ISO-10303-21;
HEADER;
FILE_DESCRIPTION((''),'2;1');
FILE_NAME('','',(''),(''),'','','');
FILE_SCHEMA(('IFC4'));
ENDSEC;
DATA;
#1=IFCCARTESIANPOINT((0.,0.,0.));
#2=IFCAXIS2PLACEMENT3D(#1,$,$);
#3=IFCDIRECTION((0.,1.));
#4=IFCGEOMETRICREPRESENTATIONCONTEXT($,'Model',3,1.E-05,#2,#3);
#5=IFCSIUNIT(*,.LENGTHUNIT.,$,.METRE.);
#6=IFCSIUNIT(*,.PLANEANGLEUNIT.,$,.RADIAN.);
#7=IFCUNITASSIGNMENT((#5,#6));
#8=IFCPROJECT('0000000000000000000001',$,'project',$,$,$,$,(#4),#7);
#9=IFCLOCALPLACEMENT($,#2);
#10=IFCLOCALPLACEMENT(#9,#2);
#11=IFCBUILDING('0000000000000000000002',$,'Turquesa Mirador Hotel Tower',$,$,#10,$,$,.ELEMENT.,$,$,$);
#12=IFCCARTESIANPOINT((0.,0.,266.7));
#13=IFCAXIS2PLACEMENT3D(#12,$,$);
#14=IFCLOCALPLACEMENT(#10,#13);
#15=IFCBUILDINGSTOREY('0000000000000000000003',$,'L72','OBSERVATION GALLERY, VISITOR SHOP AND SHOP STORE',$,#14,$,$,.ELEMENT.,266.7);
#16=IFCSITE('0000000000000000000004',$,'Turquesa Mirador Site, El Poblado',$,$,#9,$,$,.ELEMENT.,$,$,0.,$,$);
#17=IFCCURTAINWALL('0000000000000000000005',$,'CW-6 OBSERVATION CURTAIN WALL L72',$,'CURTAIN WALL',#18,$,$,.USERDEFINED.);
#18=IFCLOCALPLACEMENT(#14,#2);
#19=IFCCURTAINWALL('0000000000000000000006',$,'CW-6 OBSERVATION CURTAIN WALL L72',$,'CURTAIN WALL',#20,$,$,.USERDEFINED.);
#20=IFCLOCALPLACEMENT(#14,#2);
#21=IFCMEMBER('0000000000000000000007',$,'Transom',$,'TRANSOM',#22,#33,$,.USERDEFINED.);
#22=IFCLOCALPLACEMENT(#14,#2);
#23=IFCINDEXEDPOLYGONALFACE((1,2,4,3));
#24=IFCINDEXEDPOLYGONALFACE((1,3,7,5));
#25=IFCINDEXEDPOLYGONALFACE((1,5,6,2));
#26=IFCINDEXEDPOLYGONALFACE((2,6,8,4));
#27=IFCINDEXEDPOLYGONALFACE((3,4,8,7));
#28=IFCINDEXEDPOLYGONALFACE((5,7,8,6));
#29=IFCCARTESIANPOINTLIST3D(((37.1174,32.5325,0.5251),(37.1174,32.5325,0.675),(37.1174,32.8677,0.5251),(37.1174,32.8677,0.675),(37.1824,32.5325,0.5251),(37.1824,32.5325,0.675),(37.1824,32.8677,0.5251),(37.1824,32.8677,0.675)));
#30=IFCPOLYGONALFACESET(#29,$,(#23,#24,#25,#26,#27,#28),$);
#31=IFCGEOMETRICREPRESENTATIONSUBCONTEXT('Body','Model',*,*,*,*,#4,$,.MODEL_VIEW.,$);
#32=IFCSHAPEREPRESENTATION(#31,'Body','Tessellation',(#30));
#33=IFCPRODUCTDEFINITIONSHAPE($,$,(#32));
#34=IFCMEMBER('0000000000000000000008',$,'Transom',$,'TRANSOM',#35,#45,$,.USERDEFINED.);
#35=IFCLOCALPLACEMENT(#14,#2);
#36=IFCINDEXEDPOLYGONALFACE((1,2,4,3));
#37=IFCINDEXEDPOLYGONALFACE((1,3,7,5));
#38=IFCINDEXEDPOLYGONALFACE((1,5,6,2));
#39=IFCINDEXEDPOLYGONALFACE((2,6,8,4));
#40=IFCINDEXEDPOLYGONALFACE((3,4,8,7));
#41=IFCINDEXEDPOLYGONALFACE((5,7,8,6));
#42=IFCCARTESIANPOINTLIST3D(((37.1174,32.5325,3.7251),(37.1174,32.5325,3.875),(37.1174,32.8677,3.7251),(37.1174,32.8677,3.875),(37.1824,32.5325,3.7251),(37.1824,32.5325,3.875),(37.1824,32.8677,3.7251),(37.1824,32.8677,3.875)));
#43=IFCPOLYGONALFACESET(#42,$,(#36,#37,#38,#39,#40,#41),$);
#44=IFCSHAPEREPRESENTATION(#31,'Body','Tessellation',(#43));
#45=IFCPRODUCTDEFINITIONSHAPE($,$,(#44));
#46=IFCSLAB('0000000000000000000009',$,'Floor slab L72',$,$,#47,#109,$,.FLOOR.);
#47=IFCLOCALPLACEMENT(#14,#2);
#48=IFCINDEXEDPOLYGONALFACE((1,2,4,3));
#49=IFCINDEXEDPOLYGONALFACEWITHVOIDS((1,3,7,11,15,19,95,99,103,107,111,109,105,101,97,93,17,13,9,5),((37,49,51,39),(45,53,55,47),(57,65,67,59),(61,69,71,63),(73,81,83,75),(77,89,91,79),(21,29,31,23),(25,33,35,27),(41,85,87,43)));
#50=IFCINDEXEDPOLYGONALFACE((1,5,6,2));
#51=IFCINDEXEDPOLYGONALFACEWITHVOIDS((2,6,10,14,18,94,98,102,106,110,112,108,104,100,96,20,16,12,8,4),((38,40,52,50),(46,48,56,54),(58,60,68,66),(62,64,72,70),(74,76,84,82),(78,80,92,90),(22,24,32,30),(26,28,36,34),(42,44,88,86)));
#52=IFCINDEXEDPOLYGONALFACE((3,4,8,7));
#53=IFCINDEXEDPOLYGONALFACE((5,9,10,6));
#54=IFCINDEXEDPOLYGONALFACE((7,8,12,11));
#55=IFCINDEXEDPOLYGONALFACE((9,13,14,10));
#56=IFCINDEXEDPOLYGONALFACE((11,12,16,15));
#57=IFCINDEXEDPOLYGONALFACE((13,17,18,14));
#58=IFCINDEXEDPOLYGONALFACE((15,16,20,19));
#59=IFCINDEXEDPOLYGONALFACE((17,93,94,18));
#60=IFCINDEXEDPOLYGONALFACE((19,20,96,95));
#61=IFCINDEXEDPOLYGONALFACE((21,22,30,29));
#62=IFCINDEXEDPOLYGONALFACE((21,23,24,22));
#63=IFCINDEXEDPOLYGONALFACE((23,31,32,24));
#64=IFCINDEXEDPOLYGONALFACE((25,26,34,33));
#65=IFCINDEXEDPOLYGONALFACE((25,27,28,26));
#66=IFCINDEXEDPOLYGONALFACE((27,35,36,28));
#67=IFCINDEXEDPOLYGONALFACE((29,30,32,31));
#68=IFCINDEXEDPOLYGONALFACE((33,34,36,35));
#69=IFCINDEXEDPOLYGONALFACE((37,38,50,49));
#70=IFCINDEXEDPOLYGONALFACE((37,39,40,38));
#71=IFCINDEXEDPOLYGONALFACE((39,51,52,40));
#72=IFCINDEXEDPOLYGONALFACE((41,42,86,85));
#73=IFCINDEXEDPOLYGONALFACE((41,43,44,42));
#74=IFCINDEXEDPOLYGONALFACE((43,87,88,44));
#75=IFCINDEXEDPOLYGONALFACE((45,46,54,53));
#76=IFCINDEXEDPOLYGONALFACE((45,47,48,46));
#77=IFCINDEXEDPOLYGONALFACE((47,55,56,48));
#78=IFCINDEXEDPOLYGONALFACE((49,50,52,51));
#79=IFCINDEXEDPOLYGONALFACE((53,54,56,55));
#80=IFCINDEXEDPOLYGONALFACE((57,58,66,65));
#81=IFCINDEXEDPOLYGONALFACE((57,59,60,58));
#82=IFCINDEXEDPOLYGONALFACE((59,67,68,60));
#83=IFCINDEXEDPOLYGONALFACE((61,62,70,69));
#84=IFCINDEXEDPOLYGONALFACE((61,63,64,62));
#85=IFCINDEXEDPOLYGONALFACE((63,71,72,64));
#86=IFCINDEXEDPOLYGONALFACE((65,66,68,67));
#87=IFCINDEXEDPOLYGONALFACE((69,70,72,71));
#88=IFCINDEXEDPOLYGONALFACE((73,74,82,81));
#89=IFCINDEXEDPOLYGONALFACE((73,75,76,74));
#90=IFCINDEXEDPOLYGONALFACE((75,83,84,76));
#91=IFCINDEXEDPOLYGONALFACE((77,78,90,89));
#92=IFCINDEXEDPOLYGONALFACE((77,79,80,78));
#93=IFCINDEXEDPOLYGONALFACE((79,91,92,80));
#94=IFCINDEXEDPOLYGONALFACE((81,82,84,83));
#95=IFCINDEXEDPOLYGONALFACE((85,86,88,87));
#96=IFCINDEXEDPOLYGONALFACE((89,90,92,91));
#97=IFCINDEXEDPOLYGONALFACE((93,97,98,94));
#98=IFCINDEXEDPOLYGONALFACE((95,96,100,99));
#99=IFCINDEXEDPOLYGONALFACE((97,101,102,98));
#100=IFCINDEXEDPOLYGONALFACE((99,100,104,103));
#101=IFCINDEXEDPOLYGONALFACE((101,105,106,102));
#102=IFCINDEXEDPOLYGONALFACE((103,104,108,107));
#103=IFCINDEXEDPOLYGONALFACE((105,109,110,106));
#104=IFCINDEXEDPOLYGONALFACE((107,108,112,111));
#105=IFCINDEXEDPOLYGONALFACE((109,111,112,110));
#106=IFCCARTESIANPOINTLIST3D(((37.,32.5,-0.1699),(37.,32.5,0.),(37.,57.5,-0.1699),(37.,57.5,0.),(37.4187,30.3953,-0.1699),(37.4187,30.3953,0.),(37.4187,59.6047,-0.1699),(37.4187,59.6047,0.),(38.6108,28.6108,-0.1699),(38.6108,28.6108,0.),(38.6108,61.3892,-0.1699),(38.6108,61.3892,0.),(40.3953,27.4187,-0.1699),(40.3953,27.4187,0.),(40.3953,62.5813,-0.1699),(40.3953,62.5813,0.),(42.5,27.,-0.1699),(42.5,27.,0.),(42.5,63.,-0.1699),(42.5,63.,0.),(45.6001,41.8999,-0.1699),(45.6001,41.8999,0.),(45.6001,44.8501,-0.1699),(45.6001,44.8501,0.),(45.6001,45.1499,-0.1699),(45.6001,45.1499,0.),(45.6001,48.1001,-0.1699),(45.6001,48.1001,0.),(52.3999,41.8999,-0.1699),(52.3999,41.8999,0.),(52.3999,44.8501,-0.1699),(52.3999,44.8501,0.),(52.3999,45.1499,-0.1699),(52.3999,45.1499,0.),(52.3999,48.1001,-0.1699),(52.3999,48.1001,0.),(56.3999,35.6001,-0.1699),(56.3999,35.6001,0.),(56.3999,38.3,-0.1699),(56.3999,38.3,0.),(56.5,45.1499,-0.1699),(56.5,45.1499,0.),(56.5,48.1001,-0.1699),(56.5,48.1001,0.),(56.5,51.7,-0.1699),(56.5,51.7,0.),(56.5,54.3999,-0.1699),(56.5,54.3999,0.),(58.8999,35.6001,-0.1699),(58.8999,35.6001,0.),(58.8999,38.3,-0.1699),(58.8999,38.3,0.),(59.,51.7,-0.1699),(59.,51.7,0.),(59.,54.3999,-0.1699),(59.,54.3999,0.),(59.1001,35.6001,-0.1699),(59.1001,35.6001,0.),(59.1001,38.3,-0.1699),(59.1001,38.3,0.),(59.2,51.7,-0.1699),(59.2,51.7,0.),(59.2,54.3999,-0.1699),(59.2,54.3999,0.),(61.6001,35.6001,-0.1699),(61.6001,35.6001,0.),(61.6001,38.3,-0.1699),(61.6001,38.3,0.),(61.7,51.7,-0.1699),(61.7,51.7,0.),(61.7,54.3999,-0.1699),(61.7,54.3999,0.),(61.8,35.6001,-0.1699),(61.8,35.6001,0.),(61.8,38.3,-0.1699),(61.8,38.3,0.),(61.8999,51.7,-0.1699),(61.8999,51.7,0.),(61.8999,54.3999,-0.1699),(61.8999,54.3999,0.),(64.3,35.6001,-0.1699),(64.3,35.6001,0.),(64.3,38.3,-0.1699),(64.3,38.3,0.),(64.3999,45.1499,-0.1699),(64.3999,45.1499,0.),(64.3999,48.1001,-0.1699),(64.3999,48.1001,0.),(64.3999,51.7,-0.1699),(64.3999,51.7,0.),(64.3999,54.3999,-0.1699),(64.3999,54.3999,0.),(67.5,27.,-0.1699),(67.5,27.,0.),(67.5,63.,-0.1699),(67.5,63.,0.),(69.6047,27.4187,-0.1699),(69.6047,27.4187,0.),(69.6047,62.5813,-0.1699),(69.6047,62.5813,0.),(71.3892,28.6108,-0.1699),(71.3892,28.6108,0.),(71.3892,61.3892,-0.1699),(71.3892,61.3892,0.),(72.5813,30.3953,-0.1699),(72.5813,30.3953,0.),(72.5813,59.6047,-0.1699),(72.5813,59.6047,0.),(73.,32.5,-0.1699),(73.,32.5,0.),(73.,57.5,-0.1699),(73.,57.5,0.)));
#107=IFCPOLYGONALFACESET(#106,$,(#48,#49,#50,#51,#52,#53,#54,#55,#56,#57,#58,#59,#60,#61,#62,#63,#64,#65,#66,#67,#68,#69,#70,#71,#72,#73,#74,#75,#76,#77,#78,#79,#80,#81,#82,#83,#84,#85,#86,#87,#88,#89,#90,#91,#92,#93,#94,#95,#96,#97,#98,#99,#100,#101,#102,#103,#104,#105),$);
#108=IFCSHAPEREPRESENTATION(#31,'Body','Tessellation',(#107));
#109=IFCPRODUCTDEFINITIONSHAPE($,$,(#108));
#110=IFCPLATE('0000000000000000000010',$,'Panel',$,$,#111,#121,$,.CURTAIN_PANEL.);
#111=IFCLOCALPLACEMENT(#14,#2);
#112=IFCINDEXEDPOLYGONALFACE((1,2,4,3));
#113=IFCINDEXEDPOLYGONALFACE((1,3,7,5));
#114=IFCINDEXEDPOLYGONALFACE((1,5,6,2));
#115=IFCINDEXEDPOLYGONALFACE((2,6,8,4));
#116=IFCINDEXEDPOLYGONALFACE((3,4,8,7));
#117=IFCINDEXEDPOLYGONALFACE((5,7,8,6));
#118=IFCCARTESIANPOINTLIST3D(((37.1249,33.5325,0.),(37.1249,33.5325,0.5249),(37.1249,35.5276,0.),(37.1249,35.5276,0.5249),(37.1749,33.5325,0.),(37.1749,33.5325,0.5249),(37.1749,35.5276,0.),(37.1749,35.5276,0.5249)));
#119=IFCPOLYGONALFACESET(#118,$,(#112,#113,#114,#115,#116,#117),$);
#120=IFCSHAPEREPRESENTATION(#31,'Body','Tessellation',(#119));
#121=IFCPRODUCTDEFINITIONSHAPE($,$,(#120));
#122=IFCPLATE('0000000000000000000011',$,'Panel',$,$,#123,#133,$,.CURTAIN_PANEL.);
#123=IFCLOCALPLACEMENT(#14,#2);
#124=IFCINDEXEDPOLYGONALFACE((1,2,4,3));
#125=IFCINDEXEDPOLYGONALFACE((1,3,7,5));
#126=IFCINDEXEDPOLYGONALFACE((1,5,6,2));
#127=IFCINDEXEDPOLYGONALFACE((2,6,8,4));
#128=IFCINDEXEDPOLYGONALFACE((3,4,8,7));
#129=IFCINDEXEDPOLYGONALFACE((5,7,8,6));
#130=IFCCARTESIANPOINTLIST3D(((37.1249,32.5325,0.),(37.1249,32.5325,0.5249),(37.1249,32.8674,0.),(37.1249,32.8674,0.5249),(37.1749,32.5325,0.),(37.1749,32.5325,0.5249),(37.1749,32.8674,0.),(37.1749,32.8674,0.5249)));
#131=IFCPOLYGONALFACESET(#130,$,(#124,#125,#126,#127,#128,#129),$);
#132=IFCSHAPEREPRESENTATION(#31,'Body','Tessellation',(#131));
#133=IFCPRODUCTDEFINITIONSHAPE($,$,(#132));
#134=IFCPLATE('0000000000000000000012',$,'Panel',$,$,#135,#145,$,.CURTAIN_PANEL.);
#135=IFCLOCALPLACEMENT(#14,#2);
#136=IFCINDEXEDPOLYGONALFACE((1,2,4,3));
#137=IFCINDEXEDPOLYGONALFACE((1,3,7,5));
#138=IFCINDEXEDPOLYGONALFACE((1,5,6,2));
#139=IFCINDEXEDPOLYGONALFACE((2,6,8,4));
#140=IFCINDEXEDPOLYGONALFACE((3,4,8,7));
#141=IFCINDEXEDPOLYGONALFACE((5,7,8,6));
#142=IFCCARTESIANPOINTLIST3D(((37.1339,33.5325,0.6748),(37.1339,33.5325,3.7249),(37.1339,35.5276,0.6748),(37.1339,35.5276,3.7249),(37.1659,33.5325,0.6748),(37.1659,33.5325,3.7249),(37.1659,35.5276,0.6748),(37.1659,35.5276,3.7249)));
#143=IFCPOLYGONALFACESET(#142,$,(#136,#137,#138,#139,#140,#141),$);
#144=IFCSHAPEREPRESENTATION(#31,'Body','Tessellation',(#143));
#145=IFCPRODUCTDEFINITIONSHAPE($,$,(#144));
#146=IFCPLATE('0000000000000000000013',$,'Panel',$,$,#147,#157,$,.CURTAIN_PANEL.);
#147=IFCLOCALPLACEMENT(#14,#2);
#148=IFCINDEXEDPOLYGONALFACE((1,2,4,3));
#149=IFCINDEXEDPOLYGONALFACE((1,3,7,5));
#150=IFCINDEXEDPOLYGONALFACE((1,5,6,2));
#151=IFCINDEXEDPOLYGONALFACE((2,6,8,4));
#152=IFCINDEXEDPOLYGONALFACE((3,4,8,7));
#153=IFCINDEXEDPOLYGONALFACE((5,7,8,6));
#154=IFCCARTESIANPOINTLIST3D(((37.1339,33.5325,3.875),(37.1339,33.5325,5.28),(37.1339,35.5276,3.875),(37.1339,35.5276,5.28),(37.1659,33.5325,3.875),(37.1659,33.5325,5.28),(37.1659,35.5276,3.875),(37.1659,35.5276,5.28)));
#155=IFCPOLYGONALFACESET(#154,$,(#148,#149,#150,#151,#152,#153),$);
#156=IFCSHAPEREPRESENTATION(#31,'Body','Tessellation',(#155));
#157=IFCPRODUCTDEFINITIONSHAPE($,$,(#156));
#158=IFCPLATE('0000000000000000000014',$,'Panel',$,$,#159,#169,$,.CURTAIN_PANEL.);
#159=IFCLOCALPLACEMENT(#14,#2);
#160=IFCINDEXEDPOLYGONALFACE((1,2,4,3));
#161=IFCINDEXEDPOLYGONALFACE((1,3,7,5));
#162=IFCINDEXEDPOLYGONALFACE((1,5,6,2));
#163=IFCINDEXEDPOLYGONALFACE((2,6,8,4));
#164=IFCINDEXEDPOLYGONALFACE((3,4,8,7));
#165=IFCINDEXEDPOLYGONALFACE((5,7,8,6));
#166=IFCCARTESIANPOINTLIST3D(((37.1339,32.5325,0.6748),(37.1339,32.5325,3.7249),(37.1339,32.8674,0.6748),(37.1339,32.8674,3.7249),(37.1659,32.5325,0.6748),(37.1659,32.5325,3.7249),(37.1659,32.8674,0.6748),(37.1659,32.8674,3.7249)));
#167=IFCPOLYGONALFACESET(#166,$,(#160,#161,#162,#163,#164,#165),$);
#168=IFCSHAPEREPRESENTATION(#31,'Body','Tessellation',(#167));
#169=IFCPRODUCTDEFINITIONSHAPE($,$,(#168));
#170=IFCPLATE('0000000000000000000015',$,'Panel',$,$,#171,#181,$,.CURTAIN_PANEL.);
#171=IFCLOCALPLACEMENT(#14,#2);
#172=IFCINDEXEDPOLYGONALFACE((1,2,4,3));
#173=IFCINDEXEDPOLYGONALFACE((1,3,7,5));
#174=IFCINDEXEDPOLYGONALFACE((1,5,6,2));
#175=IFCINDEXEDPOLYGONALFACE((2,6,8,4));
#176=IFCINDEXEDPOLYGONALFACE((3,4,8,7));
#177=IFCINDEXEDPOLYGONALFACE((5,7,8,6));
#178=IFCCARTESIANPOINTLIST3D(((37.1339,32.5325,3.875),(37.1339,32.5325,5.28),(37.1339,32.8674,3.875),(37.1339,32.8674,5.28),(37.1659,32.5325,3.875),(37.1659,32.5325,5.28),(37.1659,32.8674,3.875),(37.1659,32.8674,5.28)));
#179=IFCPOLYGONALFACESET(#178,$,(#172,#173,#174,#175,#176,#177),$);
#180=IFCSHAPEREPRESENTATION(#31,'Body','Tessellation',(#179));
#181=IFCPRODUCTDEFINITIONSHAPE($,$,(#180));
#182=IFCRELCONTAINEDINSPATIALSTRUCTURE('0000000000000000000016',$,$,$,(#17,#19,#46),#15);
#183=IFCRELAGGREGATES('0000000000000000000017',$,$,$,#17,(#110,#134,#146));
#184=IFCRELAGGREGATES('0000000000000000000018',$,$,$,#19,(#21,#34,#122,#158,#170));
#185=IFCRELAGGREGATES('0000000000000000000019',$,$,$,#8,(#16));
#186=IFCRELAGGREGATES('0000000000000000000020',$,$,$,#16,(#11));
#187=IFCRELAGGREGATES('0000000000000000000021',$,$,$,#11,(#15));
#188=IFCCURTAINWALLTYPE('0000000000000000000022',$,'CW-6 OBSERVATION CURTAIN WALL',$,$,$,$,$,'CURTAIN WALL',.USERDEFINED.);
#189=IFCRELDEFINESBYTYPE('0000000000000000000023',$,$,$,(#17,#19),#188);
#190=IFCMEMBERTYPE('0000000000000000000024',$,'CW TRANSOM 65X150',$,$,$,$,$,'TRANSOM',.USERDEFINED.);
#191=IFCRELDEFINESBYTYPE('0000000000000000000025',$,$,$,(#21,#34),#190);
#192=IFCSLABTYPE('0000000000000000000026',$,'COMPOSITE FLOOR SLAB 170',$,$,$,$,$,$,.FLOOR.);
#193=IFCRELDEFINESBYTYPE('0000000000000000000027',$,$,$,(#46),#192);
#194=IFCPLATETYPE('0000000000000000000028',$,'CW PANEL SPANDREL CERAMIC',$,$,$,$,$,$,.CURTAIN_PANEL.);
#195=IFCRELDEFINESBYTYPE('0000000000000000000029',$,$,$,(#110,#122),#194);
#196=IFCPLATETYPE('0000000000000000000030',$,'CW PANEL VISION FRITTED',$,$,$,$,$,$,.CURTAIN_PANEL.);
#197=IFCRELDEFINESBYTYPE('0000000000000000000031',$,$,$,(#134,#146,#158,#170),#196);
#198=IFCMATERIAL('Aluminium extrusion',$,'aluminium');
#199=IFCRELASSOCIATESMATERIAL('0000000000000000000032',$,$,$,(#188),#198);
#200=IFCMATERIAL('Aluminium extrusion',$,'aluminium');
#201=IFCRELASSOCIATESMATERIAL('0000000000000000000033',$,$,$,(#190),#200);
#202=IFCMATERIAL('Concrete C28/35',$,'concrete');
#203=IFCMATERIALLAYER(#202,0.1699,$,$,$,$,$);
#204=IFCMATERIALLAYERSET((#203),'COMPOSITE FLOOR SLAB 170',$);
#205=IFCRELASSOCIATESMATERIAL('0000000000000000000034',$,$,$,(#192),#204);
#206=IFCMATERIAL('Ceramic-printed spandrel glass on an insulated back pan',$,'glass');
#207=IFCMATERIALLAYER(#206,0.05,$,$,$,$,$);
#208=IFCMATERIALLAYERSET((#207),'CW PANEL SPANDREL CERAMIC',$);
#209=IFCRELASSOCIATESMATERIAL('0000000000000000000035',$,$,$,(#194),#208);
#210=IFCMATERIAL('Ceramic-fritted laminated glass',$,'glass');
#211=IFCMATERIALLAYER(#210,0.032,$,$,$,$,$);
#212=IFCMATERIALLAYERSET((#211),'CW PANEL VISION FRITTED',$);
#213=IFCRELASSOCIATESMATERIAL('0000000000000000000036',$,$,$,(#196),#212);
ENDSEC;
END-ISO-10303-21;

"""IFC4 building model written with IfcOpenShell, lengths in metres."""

from ifc_helpers import new_model, si_unit, direction, frame, origin, origin_2d, place, context, subcontext, project, spatial, polyline, rectangle, outline, extrude, material, layer, layer_set, material_profile, profile_set, type_object, element, aggregate, save


model = new_model("IFC4")

# Units and contexts
model_context = context("Model", 3, precision=1e-05, world=origin(), true_north=direction((0.0, 1.0)))
body_context = subcontext(model_context, "Body", "Model", "MODEL_VIEW")
ifc_project = project(units=[si_unit("LENGTHUNIT", "METRE"), si_unit("PLANEANGLEUNIT", "RADIAN")], contexts=[model_context])

# Site, building, storey
site_placement = place(None, origin())
site = spatial("IfcSite", under=ifc_project, at=site_placement, Name="Turquesa Mirador Site, El Poblado", CompositionType="ELEMENT", RefElevation=0.0)
building_placement = place(site_placement, origin())
building = spatial("IfcBuilding", under=site, at=building_placement, Name="Turquesa Mirador Hotel Tower", CompositionType="ELEMENT")
storey_placement = place(building_placement, frame((0.0, 0.0, 266.7)))
storey = spatial("IfcBuildingStorey", under=building, at=storey_placement, Name="L72", Description="OBSERVATION GALLERY, VISITOR SHOP AND SHOP STORE", CompositionType="ELEMENT", Elevation=266.7)

# Curtain wall
ifc_material_1 = material(Name="Aluminium extrusion", Category="aluminium")
curtain_wall_type = type_object("IfcCurtainWallType", Name="CW-6 OBSERVATION CURTAIN WALL", ElementType="CURTAIN WALL", PredefinedType="USERDEFINED", material=ifc_material_1)
curtain_wall_1_placement = place(storey_placement, origin())
curtain_wall_1 = element("IfcCurtainWall", 1, at=curtain_wall_1_placement, inside=storey, type_object=curtain_wall_type, Name="CW-6 OBSERVATION CURTAIN WALL L72", ObjectType="CURTAIN WALL", PredefinedType="USERDEFINED")

# Curtain wall, members
curtain_wall_2_placement = place(storey_placement, origin())
curtain_wall_2 = element("IfcCurtainWall", 2, at=curtain_wall_2_placement, inside=storey, type_object=curtain_wall_type, Name="CW-6 OBSERVATION CURTAIN WALL L72", ObjectType="CURTAIN WALL", PredefinedType="USERDEFINED")
ifc_material_2 = material(Name="Aluminium extrusion", Category="aluminium")
ifc_material_profile_1 = material_profile(ifc_material_2, rectangle(XDim=0.0649, YDim=0.1499, at=origin_2d()), Name="TRANSOM 65X150")
ifc_profile_set_1 = profile_set([ifc_material_profile_1], Name="Aluminium extrusion")
member_type_1 = type_object("IfcMemberType", Name="CW TRANSOM 65X150", ElementType="TRANSOM", PredefinedType="USERDEFINED", material=ifc_profile_set_1)
member_1_placement = place(storey_placement, frame((37.1499, 32.8677, 0.6001), z_axis=(0.0, -1.0, 0.0), x_axis=(1.0, 0.0, 0.0)))
member_1 = element("IfcMember", 3, at=member_1_placement, type_object=member_type_1, Name="Transom", ObjectType="TRANSOM", PredefinedType="USERDEFINED", context=body_context, shape_type="SweptSolid", body=[
    extrude(rectangle(XDim=0.0649, YDim=0.1499, at=origin_2d()), origin(), (0.0, 0.0, 1.0), 0.3352),
])
member_2_placement = place(storey_placement, frame((37.1499, 32.8677, 3.8), z_axis=(0.0, -1.0, 0.0), x_axis=(1.0, 0.0, 0.0)))
member_2 = element("IfcMember", 4, at=member_2_placement, type_object=member_type_1, Name="Transom", ObjectType="TRANSOM", PredefinedType="USERDEFINED", context=body_context, shape_type="SweptSolid", body=[
    extrude(rectangle(XDim=0.0649, YDim=0.1499, at=origin_2d()), origin(), (0.0, 0.0, 1.0), 0.3352),
])

# Slab
ifc_material_3 = material(Name="Concrete C28/35", Category="concrete")
ifc_layer_1 = layer(ifc_material_3, 0.1699)
ifc_layer_set_1 = layer_set([ifc_layer_1], Name="COMPOSITE FLOOR SLAB 170")
slab_type_1 = type_object("IfcSlabType", Name="COMPOSITE FLOOR SLAB 170", PredefinedType="FLOOR", material=ifc_layer_set_1)
slab_1_placement = place(storey_placement, frame((0.0, 0.0, -0.1699)))
element("IfcSlab", 5, at=slab_1_placement, inside=storey, type_object=slab_type_1, Name="Floor slab L72", PredefinedType="FLOOR", context=body_context, shape_type="SweptSolid", body=[
    extrude(outline(polyline([(67.5, 27.0), (69.6047, 27.4187), (71.3892, 28.6108), (72.5813, 30.3953), (73.0, 32.5), (73.0, 57.5), (72.5813, 59.6047), (71.3892, 61.3892), (69.6047, 62.5813), (67.5, 63.0), (42.5, 63.0), (40.3953, 62.5813), (38.6108, 61.3892), (37.4187, 59.6047), (37.0, 57.5), (37.0, 32.5), (37.4187, 30.3953), (38.6108, 28.6108), (40.3953, 27.4187), (42.5, 27.0), (67.5, 27.0)]), holes=[polyline([(56.5, 51.7), (59.0, 51.7), (59.0, 54.3999), (56.5, 54.3999), (56.5, 51.7)]), polyline([(59.2, 51.7), (61.7, 51.7), (61.7, 54.3999), (59.2, 54.3999), (59.2, 51.7)]), polyline([(56.3999, 35.6001), (58.8999, 35.6001), (58.8999, 38.3), (56.3999, 38.3), (56.3999, 35.6001)]), polyline([(59.1001, 35.6001), (61.6001, 35.6001), (61.6001, 38.3), (59.1001, 38.3), (59.1001, 35.6001)]), polyline([(61.8, 35.6001), (64.3, 35.6001), (64.3, 38.3), (61.8, 38.3), (61.8, 35.6001)]), polyline([(45.6001, 45.1499), (52.3999, 45.1499), (52.3999, 48.1001), (45.6001, 48.1001), (45.6001, 45.1499)]), polyline([(45.6001, 41.8999), (52.3999, 41.8999), (52.3999, 44.8501), (45.6001, 44.8501), (45.6001, 41.8999)]), polyline([(56.5, 45.1499), (64.3999, 45.1499), (64.3999, 48.1001), (56.5, 48.1001), (56.5, 45.1499)]), polyline([(61.8999, 51.7), (64.3999, 51.7), (64.3999, 54.3999), (61.8999, 54.3999), (61.8999, 51.7)])]), origin(), (0.0, 0.0, 1.0), 0.1699),
])

# Plates
ifc_material_4 = material(Name="Ceramic-printed spandrel glass on an insulated back pan", Category="glass")
ifc_layer_2 = layer(ifc_material_4, 0.05)
ifc_layer_set_2 = layer_set([ifc_layer_2], Name="CW PANEL SPANDREL CERAMIC")
plate_type_1 = type_object("IfcPlateType", Name="CW PANEL SPANDREL CERAMIC", PredefinedType="CURTAIN_PANEL", material=ifc_layer_set_2)
plate_1_placement = place(storey_placement, frame((37.1499, 34.53, 0.0), z_axis=(0.0, 0.0, 1.0), x_axis=(0.0, -1.0, 0.0)))
plate_1 = element("IfcPlate", 6, at=plate_1_placement, type_object=plate_type_1, Name="Panel", PredefinedType="CURTAIN_PANEL", context=body_context, shape_type="SweptSolid", body=[
    extrude(rectangle(XDim=1.9951, YDim=0.05, at=origin_2d()), origin(), (0.0, 0.0, 1.0), 0.5249),
])
plate_2_placement = place(storey_placement, frame((37.1499, 32.7, 0.0), z_axis=(0.0, 0.0, 1.0), x_axis=(0.0, -1.0, 0.0)))
plate_2 = element("IfcPlate", 7, at=plate_2_placement, type_object=plate_type_1, Name="Panel", PredefinedType="CURTAIN_PANEL", context=body_context, shape_type="SweptSolid", body=[
    extrude(rectangle(XDim=0.335, YDim=0.05, at=origin_2d()), origin(), (0.0, 0.0, 1.0), 0.5249),
])
ifc_material_5 = material(Name="Ceramic-fritted laminated glass", Category="glass")
ifc_layer_3 = layer(ifc_material_5, 0.032)
ifc_layer_set_3 = layer_set([ifc_layer_3], Name="CW PANEL VISION FRITTED")
plate_type_2 = type_object("IfcPlateType", Name="CW PANEL VISION FRITTED", PredefinedType="CURTAIN_PANEL", material=ifc_layer_set_3)
plate_3_placement = place(storey_placement, frame((37.1499, 34.53, 0.6748), z_axis=(0.0, 0.0, 1.0), x_axis=(0.0, -1.0, 0.0)))
plate_3 = element("IfcPlate", 8, at=plate_3_placement, type_object=plate_type_2, Name="Panel", PredefinedType="CURTAIN_PANEL", context=body_context, shape_type="SweptSolid", body=[
    extrude(rectangle(XDim=1.9951, YDim=0.032, at=origin_2d()), origin(), (0.0, 0.0, 1.0), 3.05),
])
plate_4_placement = place(storey_placement, frame((37.1499, 34.53, 3.875), z_axis=(0.0, 0.0, 1.0), x_axis=(0.0, -1.0, 0.0)))
plate_4 = element("IfcPlate", 9, at=plate_4_placement, type_object=plate_type_2, Name="Panel", PredefinedType="CURTAIN_PANEL", context=body_context, shape_type="SweptSolid", body=[
    extrude(rectangle(XDim=1.9951, YDim=0.032, at=origin_2d()), origin(), (0.0, 0.0, 1.0), 1.405),
])
aggregate(curtain_wall_1, [plate_1, plate_3, plate_4])
plate_5_placement = place(storey_placement, frame((37.1499, 32.7, 0.6748), z_axis=(0.0, 0.0, 1.0), x_axis=(0.0, -1.0, 0.0)))
plate_5 = element("IfcPlate", 10, at=plate_5_placement, type_object=plate_type_2, Name="Panel", PredefinedType="CURTAIN_PANEL", context=body_context, shape_type="SweptSolid", body=[
    extrude(rectangle(XDim=0.335, YDim=0.032, at=origin_2d()), origin(), (0.0, 0.0, 1.0), 3.05),
])
plate_6_placement = place(storey_placement, frame((37.1499, 32.7, 3.875), z_axis=(0.0, 0.0, 1.0), x_axis=(0.0, -1.0, 0.0)))
plate_6 = element("IfcPlate", 11, at=plate_6_placement, type_object=plate_type_2, Name="Panel", PredefinedType="CURTAIN_PANEL", context=body_context, shape_type="SweptSolid", body=[
    extrude(rectangle(XDim=0.335, YDim=0.032, at=origin_2d()), origin(), (0.0, 0.0, 1.0), 1.405),
])
aggregate(curtain_wall_2, [member_1, member_2, plate_2, plate_5, plate_6])

save(model, "model.ifc")
